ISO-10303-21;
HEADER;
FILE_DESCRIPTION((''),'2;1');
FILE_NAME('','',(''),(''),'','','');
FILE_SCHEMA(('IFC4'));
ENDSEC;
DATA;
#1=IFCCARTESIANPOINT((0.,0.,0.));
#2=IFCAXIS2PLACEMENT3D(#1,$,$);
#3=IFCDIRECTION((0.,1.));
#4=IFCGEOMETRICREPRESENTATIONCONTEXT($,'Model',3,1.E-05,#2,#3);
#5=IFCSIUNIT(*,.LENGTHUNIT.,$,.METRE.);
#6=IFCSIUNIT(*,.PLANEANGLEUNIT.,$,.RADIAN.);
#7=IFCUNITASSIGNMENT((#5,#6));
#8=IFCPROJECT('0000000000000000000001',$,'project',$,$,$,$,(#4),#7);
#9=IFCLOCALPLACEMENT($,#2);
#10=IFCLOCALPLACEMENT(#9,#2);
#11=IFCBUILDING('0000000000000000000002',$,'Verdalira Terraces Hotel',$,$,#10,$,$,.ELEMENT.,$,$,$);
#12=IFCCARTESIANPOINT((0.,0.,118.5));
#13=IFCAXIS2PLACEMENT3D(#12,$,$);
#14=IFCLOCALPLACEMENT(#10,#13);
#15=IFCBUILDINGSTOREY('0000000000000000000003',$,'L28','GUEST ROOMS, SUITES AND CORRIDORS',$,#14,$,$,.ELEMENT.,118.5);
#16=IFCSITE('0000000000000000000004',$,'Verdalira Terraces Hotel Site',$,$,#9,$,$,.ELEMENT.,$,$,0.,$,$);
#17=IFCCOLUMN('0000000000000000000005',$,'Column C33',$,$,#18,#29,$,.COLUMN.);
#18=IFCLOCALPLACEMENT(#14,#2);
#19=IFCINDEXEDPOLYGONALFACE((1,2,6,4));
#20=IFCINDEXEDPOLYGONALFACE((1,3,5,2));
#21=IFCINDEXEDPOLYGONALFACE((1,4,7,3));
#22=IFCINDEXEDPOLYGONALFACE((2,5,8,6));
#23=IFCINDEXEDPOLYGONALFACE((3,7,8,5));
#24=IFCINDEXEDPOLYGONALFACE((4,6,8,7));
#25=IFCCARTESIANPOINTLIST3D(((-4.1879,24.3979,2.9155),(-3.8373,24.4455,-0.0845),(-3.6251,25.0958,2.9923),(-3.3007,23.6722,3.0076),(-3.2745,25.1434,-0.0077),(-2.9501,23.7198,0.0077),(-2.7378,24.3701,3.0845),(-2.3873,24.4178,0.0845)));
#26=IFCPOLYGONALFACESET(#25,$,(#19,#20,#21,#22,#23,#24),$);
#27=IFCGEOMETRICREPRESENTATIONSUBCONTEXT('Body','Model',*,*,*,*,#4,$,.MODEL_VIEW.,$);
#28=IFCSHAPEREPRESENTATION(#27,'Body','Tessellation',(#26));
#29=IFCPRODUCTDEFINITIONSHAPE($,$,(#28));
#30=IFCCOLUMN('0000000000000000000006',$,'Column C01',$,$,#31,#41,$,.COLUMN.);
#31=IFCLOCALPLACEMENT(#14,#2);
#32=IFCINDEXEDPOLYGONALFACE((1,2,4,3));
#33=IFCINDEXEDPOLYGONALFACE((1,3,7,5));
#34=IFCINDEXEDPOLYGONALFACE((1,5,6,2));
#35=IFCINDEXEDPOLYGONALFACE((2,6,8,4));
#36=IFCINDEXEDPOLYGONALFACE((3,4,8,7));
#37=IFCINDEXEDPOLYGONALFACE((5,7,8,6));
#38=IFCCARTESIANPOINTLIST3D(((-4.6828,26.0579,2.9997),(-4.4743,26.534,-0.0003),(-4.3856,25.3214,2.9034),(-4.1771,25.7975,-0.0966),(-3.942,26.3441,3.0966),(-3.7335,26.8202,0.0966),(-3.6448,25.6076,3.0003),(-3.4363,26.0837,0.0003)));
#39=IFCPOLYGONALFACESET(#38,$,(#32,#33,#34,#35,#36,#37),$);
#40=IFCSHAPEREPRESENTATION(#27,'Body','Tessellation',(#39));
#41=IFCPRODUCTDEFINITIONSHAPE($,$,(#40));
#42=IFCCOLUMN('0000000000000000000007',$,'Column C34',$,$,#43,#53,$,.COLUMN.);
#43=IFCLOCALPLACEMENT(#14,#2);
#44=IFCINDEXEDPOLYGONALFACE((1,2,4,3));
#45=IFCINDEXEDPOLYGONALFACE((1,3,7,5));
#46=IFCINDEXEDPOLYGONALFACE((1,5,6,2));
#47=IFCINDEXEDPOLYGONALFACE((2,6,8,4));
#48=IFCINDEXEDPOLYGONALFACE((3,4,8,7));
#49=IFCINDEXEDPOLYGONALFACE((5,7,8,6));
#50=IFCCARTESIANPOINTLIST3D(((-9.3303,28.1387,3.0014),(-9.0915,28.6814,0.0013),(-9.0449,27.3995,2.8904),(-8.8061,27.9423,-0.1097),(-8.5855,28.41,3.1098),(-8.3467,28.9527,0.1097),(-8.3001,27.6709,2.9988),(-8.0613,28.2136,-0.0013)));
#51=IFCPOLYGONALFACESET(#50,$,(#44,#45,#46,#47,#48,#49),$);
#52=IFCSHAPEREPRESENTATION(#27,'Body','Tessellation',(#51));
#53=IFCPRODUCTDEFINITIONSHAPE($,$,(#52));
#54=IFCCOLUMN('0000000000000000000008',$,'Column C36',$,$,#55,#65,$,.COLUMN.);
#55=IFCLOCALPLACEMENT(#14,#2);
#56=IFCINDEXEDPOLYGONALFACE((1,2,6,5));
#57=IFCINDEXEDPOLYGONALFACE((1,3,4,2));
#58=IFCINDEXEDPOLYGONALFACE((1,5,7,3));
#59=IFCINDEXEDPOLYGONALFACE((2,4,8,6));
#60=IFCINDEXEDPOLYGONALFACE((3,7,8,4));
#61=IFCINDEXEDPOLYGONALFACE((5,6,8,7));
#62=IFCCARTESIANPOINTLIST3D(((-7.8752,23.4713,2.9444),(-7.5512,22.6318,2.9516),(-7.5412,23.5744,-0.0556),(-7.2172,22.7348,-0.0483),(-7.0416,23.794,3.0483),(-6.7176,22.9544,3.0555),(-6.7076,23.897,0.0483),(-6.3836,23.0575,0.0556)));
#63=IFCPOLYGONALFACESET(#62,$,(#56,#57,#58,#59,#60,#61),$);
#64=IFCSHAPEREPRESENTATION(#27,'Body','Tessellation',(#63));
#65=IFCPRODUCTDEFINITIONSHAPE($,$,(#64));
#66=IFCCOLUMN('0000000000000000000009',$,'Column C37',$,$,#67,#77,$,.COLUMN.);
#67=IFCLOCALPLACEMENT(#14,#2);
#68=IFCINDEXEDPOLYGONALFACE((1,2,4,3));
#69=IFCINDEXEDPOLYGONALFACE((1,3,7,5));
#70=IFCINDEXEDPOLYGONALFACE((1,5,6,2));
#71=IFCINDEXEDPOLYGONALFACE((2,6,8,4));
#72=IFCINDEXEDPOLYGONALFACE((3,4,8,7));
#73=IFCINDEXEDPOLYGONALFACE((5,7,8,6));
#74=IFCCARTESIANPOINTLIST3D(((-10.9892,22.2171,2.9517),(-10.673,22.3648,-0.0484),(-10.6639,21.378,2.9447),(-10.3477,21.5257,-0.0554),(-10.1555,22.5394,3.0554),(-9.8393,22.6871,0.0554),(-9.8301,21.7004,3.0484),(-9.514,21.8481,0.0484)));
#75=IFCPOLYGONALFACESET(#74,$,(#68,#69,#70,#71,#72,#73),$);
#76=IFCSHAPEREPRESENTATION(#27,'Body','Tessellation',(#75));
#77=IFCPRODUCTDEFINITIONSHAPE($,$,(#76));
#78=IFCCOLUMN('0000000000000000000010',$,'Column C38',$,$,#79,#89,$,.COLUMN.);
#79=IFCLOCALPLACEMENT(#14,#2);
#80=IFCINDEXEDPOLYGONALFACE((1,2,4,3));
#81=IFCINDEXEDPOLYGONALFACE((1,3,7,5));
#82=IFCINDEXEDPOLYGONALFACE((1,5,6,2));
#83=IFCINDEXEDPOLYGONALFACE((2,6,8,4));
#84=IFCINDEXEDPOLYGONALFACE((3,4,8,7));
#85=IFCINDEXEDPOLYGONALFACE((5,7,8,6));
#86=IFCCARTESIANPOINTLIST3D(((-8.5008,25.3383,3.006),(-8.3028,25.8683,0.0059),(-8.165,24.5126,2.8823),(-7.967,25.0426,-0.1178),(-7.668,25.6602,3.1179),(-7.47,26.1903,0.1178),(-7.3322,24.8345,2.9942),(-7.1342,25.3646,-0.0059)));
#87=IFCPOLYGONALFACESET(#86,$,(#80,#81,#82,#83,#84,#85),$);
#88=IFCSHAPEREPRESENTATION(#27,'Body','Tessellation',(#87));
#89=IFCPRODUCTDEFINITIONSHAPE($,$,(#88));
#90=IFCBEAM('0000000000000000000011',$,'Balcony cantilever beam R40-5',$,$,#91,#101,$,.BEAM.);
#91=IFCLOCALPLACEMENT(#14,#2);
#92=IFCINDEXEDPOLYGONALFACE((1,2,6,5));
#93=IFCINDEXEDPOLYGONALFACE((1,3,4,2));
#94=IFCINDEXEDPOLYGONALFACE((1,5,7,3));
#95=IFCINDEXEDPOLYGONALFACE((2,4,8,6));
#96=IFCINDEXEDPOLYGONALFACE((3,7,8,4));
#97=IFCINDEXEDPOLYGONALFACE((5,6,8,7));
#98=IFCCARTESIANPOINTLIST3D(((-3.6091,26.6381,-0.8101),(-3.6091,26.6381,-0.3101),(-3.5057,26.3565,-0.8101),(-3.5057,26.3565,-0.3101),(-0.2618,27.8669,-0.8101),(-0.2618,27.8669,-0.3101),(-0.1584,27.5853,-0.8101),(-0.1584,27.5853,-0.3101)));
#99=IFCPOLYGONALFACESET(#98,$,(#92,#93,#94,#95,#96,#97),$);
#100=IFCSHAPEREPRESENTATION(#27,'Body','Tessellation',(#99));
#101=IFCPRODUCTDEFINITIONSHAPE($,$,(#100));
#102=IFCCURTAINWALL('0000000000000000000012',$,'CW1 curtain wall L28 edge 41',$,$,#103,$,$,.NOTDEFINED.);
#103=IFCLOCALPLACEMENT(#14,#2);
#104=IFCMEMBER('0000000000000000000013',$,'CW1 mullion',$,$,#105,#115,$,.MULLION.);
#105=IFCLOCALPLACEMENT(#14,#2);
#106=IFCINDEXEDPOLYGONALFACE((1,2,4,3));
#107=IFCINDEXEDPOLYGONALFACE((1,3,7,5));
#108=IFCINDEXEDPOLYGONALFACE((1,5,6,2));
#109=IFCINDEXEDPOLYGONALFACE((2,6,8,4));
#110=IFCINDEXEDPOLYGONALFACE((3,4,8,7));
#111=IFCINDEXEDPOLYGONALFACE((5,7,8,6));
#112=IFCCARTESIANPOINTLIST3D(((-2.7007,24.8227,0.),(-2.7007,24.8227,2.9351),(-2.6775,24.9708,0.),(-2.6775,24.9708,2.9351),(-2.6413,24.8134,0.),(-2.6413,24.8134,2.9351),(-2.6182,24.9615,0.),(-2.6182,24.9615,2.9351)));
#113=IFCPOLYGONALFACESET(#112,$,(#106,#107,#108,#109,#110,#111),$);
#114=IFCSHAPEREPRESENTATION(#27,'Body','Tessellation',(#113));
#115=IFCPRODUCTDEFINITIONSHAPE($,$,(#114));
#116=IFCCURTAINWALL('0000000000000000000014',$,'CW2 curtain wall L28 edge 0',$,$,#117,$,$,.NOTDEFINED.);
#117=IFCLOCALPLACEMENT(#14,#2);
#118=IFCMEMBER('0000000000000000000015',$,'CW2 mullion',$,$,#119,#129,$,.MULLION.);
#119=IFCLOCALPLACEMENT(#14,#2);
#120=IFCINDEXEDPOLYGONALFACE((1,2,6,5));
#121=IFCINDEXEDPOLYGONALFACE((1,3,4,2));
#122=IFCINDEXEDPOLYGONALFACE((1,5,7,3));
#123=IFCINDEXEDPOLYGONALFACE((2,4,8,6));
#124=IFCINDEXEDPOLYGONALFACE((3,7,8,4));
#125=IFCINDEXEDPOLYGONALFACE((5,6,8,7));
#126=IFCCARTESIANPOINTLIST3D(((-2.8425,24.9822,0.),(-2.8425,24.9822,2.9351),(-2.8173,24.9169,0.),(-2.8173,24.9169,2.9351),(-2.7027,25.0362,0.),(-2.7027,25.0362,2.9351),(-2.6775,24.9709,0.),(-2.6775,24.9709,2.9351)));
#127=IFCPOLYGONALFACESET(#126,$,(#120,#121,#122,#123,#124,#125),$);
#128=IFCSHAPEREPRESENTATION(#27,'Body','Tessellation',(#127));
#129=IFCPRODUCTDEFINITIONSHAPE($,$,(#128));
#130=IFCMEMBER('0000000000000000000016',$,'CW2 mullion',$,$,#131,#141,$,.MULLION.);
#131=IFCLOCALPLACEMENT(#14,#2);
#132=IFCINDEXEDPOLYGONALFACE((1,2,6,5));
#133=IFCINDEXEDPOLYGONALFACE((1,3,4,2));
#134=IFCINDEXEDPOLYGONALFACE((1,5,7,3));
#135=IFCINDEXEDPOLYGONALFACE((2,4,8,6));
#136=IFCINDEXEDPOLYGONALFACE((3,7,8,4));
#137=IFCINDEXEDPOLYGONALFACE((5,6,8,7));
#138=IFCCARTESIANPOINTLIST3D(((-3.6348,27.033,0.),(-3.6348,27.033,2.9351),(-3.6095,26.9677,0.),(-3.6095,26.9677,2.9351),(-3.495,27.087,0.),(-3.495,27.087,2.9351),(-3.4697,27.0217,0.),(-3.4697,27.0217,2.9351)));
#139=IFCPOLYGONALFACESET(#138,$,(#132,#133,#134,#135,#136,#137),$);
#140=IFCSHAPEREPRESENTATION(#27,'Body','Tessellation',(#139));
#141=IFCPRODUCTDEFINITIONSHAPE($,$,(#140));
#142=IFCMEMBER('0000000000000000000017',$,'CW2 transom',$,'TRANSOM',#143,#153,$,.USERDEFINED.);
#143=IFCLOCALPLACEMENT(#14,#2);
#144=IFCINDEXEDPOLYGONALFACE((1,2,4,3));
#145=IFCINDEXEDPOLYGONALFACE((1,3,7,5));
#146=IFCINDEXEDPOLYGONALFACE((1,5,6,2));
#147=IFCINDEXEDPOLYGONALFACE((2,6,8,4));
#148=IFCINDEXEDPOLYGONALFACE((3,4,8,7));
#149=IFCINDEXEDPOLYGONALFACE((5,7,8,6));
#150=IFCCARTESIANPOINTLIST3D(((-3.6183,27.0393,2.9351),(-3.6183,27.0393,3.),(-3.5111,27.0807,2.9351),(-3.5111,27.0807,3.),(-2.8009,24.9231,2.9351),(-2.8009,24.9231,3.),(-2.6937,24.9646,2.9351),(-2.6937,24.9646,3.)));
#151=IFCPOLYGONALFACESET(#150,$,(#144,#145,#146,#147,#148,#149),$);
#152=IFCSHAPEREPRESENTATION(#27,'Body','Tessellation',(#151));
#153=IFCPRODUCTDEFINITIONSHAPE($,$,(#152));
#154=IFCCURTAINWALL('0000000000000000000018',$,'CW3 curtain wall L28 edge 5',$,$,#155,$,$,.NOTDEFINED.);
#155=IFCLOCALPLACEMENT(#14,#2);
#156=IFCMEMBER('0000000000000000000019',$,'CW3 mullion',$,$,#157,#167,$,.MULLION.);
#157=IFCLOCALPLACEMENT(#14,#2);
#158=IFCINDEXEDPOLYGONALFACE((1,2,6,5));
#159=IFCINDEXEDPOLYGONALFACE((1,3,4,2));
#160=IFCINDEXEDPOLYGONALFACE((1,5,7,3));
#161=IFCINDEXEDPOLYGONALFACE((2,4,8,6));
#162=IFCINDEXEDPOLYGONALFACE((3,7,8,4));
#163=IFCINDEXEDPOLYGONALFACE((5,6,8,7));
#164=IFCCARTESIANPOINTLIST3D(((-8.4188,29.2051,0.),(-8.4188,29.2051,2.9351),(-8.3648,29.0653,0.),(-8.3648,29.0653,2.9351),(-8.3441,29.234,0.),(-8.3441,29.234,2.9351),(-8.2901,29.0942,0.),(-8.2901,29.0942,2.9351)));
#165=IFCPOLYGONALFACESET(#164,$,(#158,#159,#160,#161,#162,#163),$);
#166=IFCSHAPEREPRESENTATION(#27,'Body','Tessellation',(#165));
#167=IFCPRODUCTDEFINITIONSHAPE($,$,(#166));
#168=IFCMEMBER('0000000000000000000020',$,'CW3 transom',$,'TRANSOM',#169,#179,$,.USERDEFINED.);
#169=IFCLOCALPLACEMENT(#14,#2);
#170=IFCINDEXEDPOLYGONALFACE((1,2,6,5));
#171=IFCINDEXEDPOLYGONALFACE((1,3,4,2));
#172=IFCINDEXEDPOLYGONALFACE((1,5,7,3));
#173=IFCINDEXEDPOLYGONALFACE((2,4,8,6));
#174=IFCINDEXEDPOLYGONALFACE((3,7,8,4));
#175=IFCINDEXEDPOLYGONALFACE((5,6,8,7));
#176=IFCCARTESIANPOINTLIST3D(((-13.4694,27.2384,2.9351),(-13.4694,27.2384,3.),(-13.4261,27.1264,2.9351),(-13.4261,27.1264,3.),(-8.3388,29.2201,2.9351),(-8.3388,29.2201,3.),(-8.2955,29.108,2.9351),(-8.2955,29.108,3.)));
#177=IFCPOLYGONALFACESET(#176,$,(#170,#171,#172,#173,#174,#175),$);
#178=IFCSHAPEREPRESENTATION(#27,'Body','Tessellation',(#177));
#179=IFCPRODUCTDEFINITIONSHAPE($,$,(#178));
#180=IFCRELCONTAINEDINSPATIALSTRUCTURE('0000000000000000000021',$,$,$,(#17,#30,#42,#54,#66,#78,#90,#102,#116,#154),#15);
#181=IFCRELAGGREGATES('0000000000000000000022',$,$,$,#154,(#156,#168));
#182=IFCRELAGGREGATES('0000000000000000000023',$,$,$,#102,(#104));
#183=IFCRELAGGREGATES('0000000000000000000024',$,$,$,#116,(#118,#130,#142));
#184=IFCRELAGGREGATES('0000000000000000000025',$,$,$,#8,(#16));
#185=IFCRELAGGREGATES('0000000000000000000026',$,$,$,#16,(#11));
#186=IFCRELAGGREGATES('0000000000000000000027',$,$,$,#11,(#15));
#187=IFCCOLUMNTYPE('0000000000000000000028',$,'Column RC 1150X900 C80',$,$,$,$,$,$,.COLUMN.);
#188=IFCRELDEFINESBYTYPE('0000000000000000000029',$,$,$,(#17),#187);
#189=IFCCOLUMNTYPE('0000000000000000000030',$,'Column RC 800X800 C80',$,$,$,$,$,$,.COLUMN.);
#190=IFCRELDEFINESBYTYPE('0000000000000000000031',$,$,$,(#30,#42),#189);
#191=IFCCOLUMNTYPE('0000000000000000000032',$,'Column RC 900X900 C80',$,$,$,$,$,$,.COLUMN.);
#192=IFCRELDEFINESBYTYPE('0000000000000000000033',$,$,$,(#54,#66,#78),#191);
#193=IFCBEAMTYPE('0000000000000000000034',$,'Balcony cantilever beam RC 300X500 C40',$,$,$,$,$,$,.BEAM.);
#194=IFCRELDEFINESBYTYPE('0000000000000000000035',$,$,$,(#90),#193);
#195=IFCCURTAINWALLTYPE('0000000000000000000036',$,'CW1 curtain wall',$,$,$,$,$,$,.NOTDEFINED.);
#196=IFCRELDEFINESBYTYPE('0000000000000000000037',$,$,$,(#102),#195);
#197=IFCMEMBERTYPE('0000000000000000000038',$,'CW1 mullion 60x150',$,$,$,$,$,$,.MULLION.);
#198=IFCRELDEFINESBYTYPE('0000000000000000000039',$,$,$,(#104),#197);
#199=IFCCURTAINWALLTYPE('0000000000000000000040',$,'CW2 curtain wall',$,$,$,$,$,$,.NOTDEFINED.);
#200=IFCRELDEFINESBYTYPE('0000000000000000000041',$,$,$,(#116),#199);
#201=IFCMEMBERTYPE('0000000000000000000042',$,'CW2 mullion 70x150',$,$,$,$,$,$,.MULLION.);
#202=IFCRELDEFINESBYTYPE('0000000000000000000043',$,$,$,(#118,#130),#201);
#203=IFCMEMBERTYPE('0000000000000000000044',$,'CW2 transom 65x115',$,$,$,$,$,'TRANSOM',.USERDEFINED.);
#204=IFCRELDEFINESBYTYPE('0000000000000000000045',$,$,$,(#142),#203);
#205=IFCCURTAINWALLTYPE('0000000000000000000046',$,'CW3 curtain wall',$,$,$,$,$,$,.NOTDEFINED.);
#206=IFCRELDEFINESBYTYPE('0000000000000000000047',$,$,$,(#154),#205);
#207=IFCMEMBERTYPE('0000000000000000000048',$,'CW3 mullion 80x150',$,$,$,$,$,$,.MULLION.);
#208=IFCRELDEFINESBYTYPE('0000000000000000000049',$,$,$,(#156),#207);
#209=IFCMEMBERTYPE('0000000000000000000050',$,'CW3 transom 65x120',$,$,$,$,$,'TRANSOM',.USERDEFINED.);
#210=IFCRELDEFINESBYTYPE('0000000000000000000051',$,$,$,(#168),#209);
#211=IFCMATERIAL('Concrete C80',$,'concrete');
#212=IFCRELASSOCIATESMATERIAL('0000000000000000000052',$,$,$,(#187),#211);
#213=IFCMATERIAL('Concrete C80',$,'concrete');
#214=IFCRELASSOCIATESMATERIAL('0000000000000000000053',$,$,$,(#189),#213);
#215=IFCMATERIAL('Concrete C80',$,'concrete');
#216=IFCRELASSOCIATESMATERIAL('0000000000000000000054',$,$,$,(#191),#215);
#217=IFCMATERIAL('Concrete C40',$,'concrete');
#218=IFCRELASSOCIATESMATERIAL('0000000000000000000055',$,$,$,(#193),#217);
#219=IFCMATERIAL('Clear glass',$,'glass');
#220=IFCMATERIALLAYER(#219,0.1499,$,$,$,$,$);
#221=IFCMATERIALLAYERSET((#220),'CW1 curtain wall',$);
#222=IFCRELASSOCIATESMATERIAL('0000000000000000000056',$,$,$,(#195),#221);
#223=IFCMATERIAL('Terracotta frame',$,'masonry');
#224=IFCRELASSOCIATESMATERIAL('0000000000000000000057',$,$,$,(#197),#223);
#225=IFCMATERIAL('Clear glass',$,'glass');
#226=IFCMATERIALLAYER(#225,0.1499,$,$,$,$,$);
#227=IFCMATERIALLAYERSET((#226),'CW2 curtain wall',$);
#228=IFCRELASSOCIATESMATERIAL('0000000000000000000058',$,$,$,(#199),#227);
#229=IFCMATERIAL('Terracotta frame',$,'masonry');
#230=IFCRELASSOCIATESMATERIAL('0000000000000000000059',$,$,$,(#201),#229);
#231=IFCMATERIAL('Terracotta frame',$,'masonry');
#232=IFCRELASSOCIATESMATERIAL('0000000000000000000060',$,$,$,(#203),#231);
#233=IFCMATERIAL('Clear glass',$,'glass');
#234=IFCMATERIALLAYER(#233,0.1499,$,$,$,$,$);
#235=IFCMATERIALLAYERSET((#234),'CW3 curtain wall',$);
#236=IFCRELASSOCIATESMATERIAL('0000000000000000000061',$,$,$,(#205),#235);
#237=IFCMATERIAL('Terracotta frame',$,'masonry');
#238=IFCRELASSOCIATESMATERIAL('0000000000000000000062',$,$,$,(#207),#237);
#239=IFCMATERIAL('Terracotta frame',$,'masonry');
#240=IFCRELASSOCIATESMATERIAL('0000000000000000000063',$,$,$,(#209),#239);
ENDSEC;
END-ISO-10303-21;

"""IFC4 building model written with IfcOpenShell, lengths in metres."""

from ifc_helpers import new_model, si_unit, direction, frame, origin, origin_2d, place, context, subcontext, project, spatial, rectangle, extrude, material, layer, layer_set, material_profile, profile_set, type_object, element, aggregate, save


model = new_model("IFC4")

# Units and contexts
model_context = context("Model", 3, precision=1e-05, world=origin(), true_north=direction((0.0, 1.0)))
body_context = subcontext(model_context, "Body", "Model", "MODEL_VIEW")
ifc_project = project(units=[si_unit("LENGTHUNIT", "METRE"), si_unit("PLANEANGLEUNIT", "RADIAN")], contexts=[model_context])

# Site, building, storey
site_placement = place(None, origin())
site = spatial("IfcSite", under=ifc_project, at=site_placement, Name="Verdalira Terraces Hotel Site", CompositionType="ELEMENT", RefElevation=0.0)
building_placement = place(site_placement, origin())
building = spatial("IfcBuilding", under=site, at=building_placement, Name="Verdalira Terraces Hotel", CompositionType="ELEMENT")
storey_placement = place(building_placement, frame((0.0, 0.0, 118.5)))
storey = spatial("IfcBuildingStorey", under=building, at=storey_placement, Name="L28", Description="GUEST ROOMS, SUITES AND CORRIDORS", CompositionType="ELEMENT", Elevation=118.5)

# Columns
ifc_material_1 = material(Name="Concrete C80", Category="concrete")
ifc_material_profile_1 = material_profile(ifc_material_1, rectangle(XDim=1.1499, YDim=0.8999, at=origin_2d()), Name="RC 1150X900")
ifc_profile_set_1 = profile_set([ifc_material_profile_1], Name="Concrete C80")
column_type_1 = type_object("IfcColumnType", Name="Column RC 1150X900 C80", PredefinedType="COLUMN", material=ifc_profile_set_1)
column_1_placement = place(storey_placement, frame((-3.1123, 24.4316, 0.0), z_axis=(-0.116058, -0.01576, 0.993117), x_axis=(0.771556, -0.631093, 0.080151)))
element("IfcColumn", 1, at=column_1_placement, inside=storey, type_object=column_type_1, Name="Column C33", PredefinedType="COLUMN", context=body_context, shape_type="SweptSolid", body=[
    extrude(rectangle(XDim=1.1499, YDim=0.8999, at=origin_2d()), origin(), (0.0, 0.0, 1.0), 3.0208),
])
ifc_material_2 = material(Name="Concrete C80", Category="concrete")
ifc_material_profile_2 = material_profile(ifc_material_2, rectangle(XDim=0.8, YDim=0.8, at=origin_2d()), Name="RC 800X800")
ifc_profile_set_2 = profile_set([ifc_material_profile_2], Name="Concrete C80")
column_type_2 = type_object("IfcColumnType", Name="Column RC 800X800 C80", PredefinedType="COLUMN", material=ifc_profile_set_2)
column_2_placement = place(storey_placement, frame((-3.9553, 26.3088, 0.0), z_axis=(-0.068479, -0.156362, 0.985323), x_axis=(-0.371435, 0.920635, 0.120283)))
element("IfcColumn", 2, at=column_2_placement, inside=storey, type_object=column_type_2, Name="Column C01", PredefinedType="COLUMN", context=body_context, shape_type="SweptSolid", body=[
    extrude(rectangle(XDim=0.8, YDim=0.8, at=origin_2d()), origin(), (0.0, 0.0, 1.0), 3.0447),
])
column_3_placement = place(storey_placement, frame((-8.5764, 28.4475, 0.0), z_axis=(-0.078079, -0.177475, 0.981023), x_axis=(-0.930928, -0.339156, -0.135449)))
element("IfcColumn", 3, at=column_3_placement, inside=storey, type_object=column_type_2, Name="Column C34", PredefinedType="COLUMN", context=body_context, shape_type="SweptSolid", body=[
    extrude(rectangle(XDim=0.8, YDim=0.8, at=origin_2d()), origin(), (0.0, 0.0, 1.0), 3.0581),
])
ifc_material_3 = material(Name="Concrete C80", Category="concrete")
ifc_material_profile_3 = material_profile(ifc_material_3, rectangle(XDim=0.8999, YDim=0.8999, at=origin_2d()), Name="RC 900X900")
ifc_profile_set_3 = profile_set([ifc_material_profile_3], Name="Concrete C80")
column_type_3 = type_object("IfcColumnType", Name="Column RC 900X900 C80", PredefinedType="COLUMN", material=ifc_profile_set_3)
for number, where, z_axis, x_axis, name in (
    (4, (-6.9624, 23.3159, 0.0), (-0.11058, -0.034112, 0.993282), (-0.360049, 0.932899, -0.008046), "Column C36"),
    (5, (-10.0935, 22.1064, 0.0), (-0.104682, -0.048905, 0.993303), (-0.36149, 0.932343, 0.007808), "Column C37"),
):
    element("IfcColumn", number, at=place(storey_placement, frame(where, z_axis=z_axis, x_axis=x_axis)), inside=storey, type_object=column_type_3, Name=name, PredefinedType="COLUMN", context=body_context, shape_type="SweptSolid", body=[
        extrude(rectangle(XDim=0.8999, YDim=0.8999, at=origin_2d()), origin(), (0.0, 0.0, 1.0), 3.0203),
    ])
column_4_placement = place(storey_placement, frame((-7.7185, 25.6165, 0.0), z_axis=(-0.064856, -0.173616, 0.982676), x_axis=(-0.373138, 0.917533, 0.13748)))
element("IfcColumn", 6, at=column_4_placement, inside=storey, type_object=column_type_3, Name="Column C38", PredefinedType="COLUMN", context=body_context, shape_type="SweptSolid", body=[
    extrude(rectangle(XDim=0.8999, YDim=0.8999, at=origin_2d()), origin(), (0.0, 0.0, 1.0), 3.053),
])

# Beam
ifc_material_4 = material(Name="Concrete C40", Category="concrete")
ifc_material_profile_4 = material_profile(ifc_material_4, rectangle(XDim=0.3, YDim=0.5, at=origin_2d()), Name="RC 300X500")
ifc_profile_set_4 = profile_set([ifc_material_profile_4], Name="Concrete C40")
beam_type_1 = type_object("IfcBeamType", Name="Balcony cantilever beam RC 300X500 C40", PredefinedType="BEAM", material=ifc_profile_set_4)
beam_1_placement = place(storey_placement, frame((-3.5574, 26.4973, -0.5601), z_axis=(0.938743, 0.344617, 0.0), x_axis=(-0.344617, 0.938743, 0.0)))
element("IfcBeam", 7, at=beam_1_placement, inside=storey, type_object=beam_type_1, Name="Balcony cantilever beam R40-5", PredefinedType="BEAM", context=body_context, shape_type="SweptSolid", body=[
    extrude(rectangle(XDim=0.3, YDim=0.5, at=origin_2d()), origin(), (0.0, 0.0, 1.0), 3.5657),
])

# Curtain wall, member
ifc_material_5 = material(Name="Clear glass", Category="glass")
ifc_layer_1 = layer(ifc_material_5, 0.1499)
ifc_layer_set_1 = layer_set([ifc_layer_1], Name="CW1 curtain wall")
curtain_wall_type_1 = type_object("IfcCurtainWallType", Name="CW1 curtain wall", PredefinedType="NOTDEFINED", material=ifc_layer_set_1)
curtain_wall_1_placement = place(storey_placement, origin())
curtain_wall_1 = element("IfcCurtainWall", 8, at=curtain_wall_1_placement, inside=storey, type_object=curtain_wall_type_1, Name="CW1 curtain wall L28 edge 41", PredefinedType="NOTDEFINED")
ifc_material_6 = material(Name="Terracotta frame", Category="masonry")
ifc_material_profile_5 = material_profile(ifc_material_6, rectangle(XDim=0.0601, YDim=0.1499, at=origin_2d()), Name="MU 60x150")
ifc_profile_set_5 = profile_set([ifc_material_profile_5], Name="Terracotta frame")
member_type_1 = type_object("IfcMemberType", Name="CW1 mullion 60x150", PredefinedType="MULLION", material=ifc_profile_set_5)
member_1_placement = place(storey_placement, frame((-2.6594, 24.8921, 0.0), z_axis=(0.0, 0.0, 1.0), x_axis=(-0.988014, 0.154366, 0.0)))
member_1 = element("IfcMember", 9, at=member_1_placement, type_object=member_type_1, Name="CW1 mullion", PredefinedType="MULLION", context=body_context, shape_type="SweptSolid", body=[
    extrude(rectangle(XDim=0.0601, YDim=0.1499, at=origin_2d()), origin(), (0.0, 0.0, 1.0), 2.9351),
])

# Curtain walls, members
ifc_material_7 = material(Name="Clear glass", Category="glass")
ifc_layer_2 = layer(ifc_material_7, 0.1499)
ifc_layer_set_2 = layer_set([ifc_layer_2], Name="CW2 curtain wall")
curtain_wall_type_2 = type_object("IfcCurtainWallType", Name="CW2 curtain wall", PredefinedType="NOTDEFINED", material=ifc_layer_set_2)
curtain_wall_2_placement = place(storey_placement, origin())
curtain_wall_2 = element("IfcCurtainWall", 10, at=curtain_wall_2_placement, inside=storey, type_object=curtain_wall_type_2, Name="CW2 curtain wall L28 edge 0", PredefinedType="NOTDEFINED")
ifc_material_8 = material(Name="Terracotta frame", Category="masonry")
ifc_material_profile_6 = material_profile(ifc_material_8, rectangle(XDim=0.0701, YDim=0.1499, at=origin_2d()), Name="MU 70x150")
ifc_profile_set_6 = profile_set([ifc_material_profile_6], Name="Terracotta frame")
member_type_2 = type_object("IfcMemberType", Name="CW2 mullion 70x150", PredefinedType="MULLION", material=ifc_profile_set_6)
member_2_placement = place(storey_placement, frame((-2.76, 24.9766, 0.0), z_axis=(0.0, 0.0, 1.0), x_axis=(-0.360322, 0.932828, 0.0)))
member_2 = element("IfcMember", 11, at=member_2_placement, type_object=member_type_2, Name="CW2 mullion", PredefinedType="MULLION", context=body_context, shape_type="SweptSolid", body=[
    extrude(rectangle(XDim=0.0701, YDim=0.1499, at=origin_2d()), origin(), (0.0, 0.0, 1.0), 2.9351),
])
member_3_placement = place(storey_placement, frame((-3.5522, 27.0273, 0.0), z_axis=(0.0, 0.0, 1.0), x_axis=(-0.360322, 0.932828, 0.0)))
member_3 = element("IfcMember", 12, at=member_3_placement, type_object=member_type_2, Name="CW2 mullion", PredefinedType="MULLION", context=body_context, shape_type="SweptSolid", body=[
    extrude(rectangle(XDim=0.0701, YDim=0.1499, at=origin_2d()), origin(), (0.0, 0.0, 1.0), 2.9351),
])
ifc_material_9 = material(Name="Terracotta frame", Category="masonry")
ifc_material_profile_7 = material_profile(ifc_material_9, rectangle(XDim=0.115, YDim=0.0649, at=origin_2d()), Name="TR 65x115")
ifc_profile_set_7 = profile_set([ifc_material_profile_7], Name="Terracotta frame")
member_type_3 = type_object("IfcMemberType", Name="CW2 transom 65x115", ElementType="TRANSOM", PredefinedType="USERDEFINED", material=ifc_profile_set_7)
member_4_placement = place(storey_placement, frame((-2.7473, 24.9438, 2.9675), z_axis=(-0.360306, 0.932834, 0.0), x_axis=(-0.932834, -0.360306, 0.0)))
member_4 = element("IfcMember", 13, at=member_4_placement, type_object=member_type_3, Name="CW2 transom", ObjectType="TRANSOM", PredefinedType="USERDEFINED", context=body_context, shape_type="SweptSolid", body=[
    extrude(rectangle(XDim=0.115, YDim=0.0649, at=origin_2d()), origin(), (0.0, 0.0, 1.0), 2.2686),
])
ifc_material_10 = material(Name="Clear glass", Category="glass")
ifc_layer_3 = layer(ifc_material_10, 0.1499)
ifc_layer_set_3 = layer_set([ifc_layer_3], Name="CW3 curtain wall")
curtain_wall_type_3 = type_object("IfcCurtainWallType", Name="CW3 curtain wall", PredefinedType="NOTDEFINED", material=ifc_layer_set_3)
curtain_wall_3_placement = place(storey_placement, origin())
curtain_wall_3 = element("IfcCurtainWall", 14, at=curtain_wall_3_placement, inside=storey, type_object=curtain_wall_type_3, Name="CW3 curtain wall L28 edge 5", PredefinedType="NOTDEFINED")
ifc_material_11 = material(Name="Terracotta frame", Category="masonry")
ifc_material_profile_8 = material_profile(ifc_material_11, rectangle(XDim=0.0801, YDim=0.1499, at=origin_2d()), Name="MU 80x150")
ifc_profile_set_8 = profile_set([ifc_material_profile_8], Name="Terracotta frame")
member_type_4 = type_object("IfcMemberType", Name="CW3 mullion 80x150", PredefinedType="MULLION", material=ifc_profile_set_8)
member_5_placement = place(storey_placement, frame((-8.3545, 29.1497, 0.0), z_axis=(0.0, 0.0, 1.0), x_axis=(-0.932828, -0.360322, 0.0)))
member_5 = element("IfcMember", 15, at=member_5_placement, type_object=member_type_4, Name="CW3 mullion", PredefinedType="MULLION", context=body_context, shape_type="SweptSolid", body=[
    extrude(rectangle(XDim=0.0801, YDim=0.1499, at=origin_2d()), origin(), (0.0, 0.0, 1.0), 2.9351),
])
ifc_material_12 = material(Name="Terracotta frame", Category="masonry")
ifc_material_profile_9 = material_profile(ifc_material_12, rectangle(XDim=0.1201, YDim=0.0649, at=origin_2d()), Name="TR 65x120")
ifc_profile_set_9 = profile_set([ifc_material_profile_9], Name="Terracotta frame")
member_type_5 = type_object("IfcMemberType", Name="CW3 transom 65x120", ElementType="TRANSOM", PredefinedType="USERDEFINED", material=ifc_profile_set_9)
member_6_placement = place(storey_placement, frame((-8.3171, 29.1641, 2.9675), z_axis=(-0.932834, -0.360305, 0.0), x_axis=(0.360305, -0.932834, 0.0)))
member_6 = element("IfcMember", 16, at=member_6_placement, type_object=member_type_5, Name="CW3 transom", ObjectType="TRANSOM", PredefinedType="USERDEFINED", context=body_context, shape_type="SweptSolid", body=[
    extrude(rectangle(XDim=0.1201, YDim=0.0649, at=origin_2d()), origin(), (0.0, 0.0, 1.0), 5.5),
])
aggregate(curtain_wall_3, [member_5, member_6])

aggregate(curtain_wall_1, [member_1])
aggregate(curtain_wall_2, [member_2, member_3, member_4])

save(model, "model.ifc")
